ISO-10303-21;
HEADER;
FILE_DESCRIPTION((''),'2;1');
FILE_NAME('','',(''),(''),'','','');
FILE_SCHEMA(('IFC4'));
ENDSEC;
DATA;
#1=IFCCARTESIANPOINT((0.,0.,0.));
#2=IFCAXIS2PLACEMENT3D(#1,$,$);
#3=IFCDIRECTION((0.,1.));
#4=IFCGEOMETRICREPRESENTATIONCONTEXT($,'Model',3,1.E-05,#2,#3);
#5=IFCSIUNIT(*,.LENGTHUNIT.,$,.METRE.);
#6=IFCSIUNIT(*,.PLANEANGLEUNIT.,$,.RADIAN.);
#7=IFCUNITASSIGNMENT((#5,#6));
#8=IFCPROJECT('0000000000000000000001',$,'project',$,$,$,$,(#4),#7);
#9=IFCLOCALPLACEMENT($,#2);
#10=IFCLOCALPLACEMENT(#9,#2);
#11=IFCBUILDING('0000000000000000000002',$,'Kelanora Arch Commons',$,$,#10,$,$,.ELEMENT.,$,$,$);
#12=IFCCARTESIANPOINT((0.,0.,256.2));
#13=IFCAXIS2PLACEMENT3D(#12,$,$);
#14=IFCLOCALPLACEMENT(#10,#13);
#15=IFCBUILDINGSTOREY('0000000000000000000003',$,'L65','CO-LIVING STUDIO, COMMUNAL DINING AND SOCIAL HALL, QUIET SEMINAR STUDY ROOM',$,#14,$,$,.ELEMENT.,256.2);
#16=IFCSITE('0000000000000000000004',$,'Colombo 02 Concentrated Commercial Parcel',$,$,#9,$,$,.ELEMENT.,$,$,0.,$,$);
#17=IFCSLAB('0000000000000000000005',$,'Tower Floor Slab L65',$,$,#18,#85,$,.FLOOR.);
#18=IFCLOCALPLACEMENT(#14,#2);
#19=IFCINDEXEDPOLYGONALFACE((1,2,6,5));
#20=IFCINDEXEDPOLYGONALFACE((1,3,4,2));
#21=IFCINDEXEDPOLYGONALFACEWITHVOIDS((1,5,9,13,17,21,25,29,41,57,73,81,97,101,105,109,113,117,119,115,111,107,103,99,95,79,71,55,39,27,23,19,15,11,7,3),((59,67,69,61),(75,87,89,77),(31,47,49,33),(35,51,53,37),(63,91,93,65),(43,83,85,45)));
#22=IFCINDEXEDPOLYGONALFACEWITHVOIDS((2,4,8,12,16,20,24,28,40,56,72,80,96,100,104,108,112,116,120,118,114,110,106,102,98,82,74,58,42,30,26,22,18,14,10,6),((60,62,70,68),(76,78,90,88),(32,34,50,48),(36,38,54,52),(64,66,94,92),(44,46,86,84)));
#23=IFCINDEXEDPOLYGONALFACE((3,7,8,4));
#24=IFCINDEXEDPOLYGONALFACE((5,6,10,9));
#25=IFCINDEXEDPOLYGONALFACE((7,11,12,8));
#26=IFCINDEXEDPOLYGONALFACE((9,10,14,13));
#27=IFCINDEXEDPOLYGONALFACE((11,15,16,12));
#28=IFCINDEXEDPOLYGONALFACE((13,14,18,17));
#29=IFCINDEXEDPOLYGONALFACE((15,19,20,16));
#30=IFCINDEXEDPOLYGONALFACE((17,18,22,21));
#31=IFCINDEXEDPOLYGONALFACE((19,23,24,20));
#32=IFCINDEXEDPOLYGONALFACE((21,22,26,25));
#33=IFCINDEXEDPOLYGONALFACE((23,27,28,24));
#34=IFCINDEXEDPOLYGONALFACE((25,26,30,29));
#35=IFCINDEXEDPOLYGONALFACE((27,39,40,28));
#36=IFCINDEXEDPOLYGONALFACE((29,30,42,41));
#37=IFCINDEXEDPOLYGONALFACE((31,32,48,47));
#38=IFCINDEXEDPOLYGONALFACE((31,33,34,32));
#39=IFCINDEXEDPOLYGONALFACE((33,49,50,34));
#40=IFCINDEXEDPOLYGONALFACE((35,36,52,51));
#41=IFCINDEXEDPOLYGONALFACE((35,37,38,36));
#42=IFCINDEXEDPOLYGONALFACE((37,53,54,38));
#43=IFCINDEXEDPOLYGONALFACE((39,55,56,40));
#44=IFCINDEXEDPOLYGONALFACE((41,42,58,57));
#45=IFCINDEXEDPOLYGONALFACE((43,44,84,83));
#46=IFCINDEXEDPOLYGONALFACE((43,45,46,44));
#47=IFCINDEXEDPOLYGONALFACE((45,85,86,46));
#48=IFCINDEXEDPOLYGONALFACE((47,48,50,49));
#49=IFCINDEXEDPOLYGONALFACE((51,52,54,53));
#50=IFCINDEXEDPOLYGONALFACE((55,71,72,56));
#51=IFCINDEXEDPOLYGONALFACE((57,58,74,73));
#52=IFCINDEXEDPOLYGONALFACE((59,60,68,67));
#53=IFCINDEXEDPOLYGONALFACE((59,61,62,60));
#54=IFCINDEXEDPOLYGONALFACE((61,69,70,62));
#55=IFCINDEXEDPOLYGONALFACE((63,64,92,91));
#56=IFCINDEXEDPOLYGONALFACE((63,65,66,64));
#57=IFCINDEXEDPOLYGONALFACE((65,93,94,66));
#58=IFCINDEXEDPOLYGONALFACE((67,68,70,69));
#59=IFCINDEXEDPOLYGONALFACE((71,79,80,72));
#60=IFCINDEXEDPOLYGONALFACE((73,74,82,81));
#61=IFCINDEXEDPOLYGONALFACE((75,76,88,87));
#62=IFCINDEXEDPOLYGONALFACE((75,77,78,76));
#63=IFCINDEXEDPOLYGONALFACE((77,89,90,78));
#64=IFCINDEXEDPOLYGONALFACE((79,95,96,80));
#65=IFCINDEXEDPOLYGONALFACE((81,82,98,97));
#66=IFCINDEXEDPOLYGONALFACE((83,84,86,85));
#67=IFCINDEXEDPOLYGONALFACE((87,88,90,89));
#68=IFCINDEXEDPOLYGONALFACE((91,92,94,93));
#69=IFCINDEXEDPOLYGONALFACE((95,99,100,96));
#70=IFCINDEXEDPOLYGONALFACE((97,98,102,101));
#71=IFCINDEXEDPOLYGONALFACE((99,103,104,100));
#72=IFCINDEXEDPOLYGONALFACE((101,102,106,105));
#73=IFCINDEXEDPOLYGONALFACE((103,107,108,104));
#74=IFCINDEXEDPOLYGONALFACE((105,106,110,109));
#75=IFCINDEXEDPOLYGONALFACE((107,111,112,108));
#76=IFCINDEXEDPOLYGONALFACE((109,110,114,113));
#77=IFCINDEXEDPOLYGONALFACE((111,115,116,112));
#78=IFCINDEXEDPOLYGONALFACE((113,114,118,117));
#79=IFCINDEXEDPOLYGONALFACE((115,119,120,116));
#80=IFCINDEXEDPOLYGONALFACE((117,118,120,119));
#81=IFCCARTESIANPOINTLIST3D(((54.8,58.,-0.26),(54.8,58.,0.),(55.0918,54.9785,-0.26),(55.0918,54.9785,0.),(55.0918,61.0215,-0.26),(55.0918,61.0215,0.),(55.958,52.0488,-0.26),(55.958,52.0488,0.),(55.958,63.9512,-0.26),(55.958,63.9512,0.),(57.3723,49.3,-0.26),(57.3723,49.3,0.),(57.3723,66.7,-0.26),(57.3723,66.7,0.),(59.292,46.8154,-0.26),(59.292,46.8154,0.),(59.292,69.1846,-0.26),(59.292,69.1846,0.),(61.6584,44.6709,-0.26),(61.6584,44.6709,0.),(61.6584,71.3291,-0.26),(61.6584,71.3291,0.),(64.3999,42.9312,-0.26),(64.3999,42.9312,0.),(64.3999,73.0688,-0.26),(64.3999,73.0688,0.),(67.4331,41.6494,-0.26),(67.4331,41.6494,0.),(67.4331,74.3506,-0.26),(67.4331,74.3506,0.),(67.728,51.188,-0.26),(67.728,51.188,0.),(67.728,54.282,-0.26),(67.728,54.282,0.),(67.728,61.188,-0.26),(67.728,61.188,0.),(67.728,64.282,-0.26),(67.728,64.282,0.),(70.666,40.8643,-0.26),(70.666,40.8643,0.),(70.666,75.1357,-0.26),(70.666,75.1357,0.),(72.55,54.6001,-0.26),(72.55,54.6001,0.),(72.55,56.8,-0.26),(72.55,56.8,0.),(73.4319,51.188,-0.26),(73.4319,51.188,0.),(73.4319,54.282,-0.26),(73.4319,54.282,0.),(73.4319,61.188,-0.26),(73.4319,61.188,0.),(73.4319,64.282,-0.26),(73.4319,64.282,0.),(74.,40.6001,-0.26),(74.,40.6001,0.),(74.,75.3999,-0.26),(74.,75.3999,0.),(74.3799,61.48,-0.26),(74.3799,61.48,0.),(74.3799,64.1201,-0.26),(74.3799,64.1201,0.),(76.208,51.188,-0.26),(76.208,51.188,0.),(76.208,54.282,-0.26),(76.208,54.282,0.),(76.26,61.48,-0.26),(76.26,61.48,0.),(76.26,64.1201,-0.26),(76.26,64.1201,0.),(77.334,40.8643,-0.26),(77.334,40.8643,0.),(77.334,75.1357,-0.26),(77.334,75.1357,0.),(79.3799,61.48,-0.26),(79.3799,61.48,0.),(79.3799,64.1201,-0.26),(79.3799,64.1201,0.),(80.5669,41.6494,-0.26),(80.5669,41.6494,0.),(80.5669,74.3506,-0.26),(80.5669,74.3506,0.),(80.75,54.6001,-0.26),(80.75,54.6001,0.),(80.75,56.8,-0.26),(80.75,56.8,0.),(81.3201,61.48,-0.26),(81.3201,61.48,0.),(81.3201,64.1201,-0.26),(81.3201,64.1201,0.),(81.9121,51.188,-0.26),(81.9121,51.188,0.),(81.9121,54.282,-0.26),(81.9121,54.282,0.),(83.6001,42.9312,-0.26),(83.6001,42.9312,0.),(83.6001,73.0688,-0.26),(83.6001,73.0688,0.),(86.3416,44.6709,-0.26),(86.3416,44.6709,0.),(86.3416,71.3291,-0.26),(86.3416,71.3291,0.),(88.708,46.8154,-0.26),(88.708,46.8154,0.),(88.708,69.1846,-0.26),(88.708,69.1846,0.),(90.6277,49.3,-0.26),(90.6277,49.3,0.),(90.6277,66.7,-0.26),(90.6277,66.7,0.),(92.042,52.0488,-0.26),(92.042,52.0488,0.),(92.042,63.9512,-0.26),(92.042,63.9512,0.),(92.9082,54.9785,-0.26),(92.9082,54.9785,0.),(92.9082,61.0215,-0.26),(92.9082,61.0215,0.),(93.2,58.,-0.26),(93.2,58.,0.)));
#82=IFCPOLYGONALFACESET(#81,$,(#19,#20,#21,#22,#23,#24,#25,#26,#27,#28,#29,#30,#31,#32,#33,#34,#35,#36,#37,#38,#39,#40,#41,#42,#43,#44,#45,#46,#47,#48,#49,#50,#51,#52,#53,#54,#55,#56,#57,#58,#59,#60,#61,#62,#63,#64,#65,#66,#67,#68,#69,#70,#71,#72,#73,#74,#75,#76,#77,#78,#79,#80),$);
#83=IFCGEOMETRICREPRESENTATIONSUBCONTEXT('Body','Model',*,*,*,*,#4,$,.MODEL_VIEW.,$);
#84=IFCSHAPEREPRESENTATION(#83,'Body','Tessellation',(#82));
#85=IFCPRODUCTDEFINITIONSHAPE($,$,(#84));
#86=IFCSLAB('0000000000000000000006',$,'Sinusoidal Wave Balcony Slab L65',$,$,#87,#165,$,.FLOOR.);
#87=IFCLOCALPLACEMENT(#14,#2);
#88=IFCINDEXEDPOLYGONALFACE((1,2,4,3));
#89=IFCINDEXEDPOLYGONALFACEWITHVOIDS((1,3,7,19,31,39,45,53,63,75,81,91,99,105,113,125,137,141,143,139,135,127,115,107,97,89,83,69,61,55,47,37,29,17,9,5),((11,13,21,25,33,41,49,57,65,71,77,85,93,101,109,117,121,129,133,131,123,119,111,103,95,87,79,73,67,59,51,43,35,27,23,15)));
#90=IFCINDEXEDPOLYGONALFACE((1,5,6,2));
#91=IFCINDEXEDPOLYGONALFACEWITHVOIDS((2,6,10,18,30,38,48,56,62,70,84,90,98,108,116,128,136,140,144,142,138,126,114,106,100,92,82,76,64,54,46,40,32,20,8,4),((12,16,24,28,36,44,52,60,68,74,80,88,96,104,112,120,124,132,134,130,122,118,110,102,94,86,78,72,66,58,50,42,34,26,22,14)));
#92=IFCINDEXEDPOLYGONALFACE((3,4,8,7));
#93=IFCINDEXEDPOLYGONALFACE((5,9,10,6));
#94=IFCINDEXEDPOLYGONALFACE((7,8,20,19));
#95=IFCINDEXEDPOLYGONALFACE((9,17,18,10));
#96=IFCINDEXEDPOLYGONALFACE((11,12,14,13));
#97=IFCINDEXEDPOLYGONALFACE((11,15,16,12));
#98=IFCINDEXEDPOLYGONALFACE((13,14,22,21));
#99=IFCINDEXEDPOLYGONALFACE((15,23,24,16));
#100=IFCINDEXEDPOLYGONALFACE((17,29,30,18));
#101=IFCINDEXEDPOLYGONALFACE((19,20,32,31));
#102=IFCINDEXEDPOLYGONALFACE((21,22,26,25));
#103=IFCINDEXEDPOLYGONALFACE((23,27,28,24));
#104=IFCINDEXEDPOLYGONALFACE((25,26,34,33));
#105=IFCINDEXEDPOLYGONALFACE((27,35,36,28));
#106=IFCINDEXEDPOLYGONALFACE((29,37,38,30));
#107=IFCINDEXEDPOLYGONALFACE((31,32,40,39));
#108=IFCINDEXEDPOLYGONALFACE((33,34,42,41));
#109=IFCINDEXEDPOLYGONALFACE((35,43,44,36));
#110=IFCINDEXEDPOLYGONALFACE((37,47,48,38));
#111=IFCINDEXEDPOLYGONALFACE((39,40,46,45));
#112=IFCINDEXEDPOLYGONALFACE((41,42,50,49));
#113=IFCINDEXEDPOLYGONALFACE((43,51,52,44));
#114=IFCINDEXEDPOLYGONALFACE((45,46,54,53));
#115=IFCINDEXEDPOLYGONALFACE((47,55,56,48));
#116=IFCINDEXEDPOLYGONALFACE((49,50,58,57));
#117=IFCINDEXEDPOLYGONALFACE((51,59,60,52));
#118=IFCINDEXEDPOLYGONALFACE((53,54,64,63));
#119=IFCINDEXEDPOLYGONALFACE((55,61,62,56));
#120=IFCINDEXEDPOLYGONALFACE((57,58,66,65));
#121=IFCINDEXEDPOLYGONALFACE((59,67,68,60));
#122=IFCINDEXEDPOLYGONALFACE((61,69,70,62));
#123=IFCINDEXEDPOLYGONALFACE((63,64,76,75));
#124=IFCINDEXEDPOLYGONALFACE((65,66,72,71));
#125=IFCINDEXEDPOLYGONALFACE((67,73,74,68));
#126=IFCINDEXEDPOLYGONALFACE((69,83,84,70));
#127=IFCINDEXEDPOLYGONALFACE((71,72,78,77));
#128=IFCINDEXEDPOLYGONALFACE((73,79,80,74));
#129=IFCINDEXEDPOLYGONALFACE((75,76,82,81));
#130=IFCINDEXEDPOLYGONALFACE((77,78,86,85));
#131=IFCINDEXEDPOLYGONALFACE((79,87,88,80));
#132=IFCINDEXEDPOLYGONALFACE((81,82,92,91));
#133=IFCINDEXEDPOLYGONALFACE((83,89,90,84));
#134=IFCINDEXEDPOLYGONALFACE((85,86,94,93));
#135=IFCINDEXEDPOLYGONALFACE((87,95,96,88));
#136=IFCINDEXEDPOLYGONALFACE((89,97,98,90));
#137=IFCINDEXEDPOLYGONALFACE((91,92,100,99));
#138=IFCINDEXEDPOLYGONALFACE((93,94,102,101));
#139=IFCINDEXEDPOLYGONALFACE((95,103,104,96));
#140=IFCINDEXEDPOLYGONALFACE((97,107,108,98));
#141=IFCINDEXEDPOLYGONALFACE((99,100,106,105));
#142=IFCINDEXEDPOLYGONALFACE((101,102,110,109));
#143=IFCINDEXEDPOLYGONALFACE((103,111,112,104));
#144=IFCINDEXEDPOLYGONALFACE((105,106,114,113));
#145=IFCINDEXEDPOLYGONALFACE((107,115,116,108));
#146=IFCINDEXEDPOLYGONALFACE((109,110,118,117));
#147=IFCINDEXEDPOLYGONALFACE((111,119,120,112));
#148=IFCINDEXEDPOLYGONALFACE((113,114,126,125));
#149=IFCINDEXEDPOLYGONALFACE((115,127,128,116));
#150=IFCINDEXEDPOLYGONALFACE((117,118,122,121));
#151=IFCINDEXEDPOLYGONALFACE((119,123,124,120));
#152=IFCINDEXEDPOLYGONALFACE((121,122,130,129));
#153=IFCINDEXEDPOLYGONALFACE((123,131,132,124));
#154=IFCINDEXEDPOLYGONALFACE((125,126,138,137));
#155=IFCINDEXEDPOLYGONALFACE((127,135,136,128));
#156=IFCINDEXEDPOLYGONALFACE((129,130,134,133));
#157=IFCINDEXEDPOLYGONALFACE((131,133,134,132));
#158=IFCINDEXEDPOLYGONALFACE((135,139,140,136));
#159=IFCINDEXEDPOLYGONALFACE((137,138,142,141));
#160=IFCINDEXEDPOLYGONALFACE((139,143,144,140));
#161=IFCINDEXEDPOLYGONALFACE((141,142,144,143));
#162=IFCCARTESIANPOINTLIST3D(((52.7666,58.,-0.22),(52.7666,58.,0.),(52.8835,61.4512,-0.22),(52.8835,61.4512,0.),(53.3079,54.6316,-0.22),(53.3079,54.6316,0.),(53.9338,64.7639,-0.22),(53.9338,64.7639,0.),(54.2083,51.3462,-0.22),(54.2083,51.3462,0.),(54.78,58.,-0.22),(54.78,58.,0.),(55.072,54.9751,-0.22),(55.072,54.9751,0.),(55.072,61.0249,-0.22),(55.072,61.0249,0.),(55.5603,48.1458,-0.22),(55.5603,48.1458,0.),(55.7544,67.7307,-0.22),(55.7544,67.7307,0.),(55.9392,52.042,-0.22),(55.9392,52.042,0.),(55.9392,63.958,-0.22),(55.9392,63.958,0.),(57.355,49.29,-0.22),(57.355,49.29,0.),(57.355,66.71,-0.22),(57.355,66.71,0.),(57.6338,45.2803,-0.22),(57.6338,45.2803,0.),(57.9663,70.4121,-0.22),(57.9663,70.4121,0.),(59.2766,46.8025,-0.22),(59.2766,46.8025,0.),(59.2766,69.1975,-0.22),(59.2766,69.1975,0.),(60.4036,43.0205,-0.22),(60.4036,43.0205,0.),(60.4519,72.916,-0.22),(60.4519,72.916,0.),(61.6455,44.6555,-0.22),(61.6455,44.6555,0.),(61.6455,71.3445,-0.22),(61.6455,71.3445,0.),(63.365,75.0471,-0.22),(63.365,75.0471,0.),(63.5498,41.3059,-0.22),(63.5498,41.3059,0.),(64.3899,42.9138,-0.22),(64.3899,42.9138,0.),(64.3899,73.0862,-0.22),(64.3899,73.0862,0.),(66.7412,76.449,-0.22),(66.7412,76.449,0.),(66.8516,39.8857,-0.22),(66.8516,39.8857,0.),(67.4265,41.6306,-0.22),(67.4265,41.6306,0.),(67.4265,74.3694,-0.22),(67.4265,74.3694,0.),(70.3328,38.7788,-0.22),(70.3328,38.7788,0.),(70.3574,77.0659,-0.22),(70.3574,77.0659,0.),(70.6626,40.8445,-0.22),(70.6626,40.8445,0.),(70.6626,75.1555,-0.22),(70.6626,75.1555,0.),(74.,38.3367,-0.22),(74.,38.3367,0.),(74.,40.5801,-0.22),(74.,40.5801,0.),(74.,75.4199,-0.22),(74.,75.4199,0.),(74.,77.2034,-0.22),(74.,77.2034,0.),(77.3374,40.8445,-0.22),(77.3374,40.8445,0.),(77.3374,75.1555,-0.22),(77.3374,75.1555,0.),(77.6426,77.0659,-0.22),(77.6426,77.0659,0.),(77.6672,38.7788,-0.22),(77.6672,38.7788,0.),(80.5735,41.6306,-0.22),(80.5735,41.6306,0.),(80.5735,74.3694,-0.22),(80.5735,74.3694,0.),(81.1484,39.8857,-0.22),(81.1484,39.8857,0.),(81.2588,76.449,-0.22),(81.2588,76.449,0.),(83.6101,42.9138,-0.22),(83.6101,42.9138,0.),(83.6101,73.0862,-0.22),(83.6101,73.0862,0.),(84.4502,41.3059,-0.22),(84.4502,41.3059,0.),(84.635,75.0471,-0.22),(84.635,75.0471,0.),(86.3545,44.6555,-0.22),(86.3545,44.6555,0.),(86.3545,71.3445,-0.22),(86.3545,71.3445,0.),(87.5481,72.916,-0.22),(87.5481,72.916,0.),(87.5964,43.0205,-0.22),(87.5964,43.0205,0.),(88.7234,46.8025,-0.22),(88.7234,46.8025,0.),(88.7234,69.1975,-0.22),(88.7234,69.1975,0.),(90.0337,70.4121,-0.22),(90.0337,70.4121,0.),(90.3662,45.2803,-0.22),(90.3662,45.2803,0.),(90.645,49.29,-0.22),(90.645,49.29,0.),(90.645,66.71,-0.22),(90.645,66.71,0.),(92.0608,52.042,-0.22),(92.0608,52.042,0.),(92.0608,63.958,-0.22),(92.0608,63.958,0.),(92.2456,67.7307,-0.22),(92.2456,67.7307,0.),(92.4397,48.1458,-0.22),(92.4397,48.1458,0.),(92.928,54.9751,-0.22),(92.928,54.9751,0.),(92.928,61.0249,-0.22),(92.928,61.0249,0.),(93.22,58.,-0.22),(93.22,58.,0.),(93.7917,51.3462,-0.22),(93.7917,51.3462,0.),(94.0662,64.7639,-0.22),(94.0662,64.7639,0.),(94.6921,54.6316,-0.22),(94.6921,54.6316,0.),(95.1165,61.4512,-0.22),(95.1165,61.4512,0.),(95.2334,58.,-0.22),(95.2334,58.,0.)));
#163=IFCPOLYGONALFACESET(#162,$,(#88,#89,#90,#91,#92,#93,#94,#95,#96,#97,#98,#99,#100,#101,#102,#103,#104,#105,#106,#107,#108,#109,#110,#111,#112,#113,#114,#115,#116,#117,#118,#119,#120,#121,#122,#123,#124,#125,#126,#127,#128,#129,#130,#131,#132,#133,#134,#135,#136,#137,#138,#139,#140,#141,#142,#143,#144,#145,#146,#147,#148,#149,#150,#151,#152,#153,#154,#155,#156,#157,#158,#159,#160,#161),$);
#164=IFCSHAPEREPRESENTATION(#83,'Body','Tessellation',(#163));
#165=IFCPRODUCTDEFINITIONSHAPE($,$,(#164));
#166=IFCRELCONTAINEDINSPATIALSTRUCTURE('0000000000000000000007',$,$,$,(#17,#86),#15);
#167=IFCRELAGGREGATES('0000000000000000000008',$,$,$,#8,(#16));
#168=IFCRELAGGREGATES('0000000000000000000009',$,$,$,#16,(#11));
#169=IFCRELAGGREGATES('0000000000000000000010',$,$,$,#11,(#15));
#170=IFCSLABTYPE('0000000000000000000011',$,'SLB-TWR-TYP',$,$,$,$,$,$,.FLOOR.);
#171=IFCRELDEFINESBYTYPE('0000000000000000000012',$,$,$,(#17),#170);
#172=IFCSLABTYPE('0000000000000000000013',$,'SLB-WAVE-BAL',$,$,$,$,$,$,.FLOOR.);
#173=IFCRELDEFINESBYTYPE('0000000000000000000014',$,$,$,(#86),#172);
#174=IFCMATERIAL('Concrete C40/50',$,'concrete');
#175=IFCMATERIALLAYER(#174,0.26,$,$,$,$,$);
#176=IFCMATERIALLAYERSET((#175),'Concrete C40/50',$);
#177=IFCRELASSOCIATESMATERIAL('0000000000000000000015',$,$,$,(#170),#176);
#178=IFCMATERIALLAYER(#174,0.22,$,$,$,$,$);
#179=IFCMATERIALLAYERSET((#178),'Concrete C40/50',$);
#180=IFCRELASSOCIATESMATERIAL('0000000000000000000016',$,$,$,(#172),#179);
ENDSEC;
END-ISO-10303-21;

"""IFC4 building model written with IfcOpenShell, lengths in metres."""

from ifc_helpers import new_model, si_unit, direction, frame, origin, place, context, subcontext, project, spatial, polyline, outline, extrude, material, layer, layer_set, type_object, element, save


model = new_model("IFC4")

# Units and contexts
model_context = context("Model", 3, precision=1e-05, world=origin(), true_north=direction((0.0, 1.0)))
body_context = subcontext(model_context, "Body", "Model", "MODEL_VIEW")
ifc_project = project(units=[si_unit("LENGTHUNIT", "METRE"), si_unit("PLANEANGLEUNIT", "RADIAN")], contexts=[model_context])

# Site, building, storey
site_placement = place(None, origin())
site = spatial("IfcSite", under=ifc_project, at=site_placement, Name="Colombo 02 Concentrated Commercial Parcel", CompositionType="ELEMENT", RefElevation=0.0)
building_placement = place(site_placement, origin())
building = spatial("IfcBuilding", under=site, at=building_placement, Name="Kelanora Arch Commons", CompositionType="ELEMENT")
storey_placement = place(building_placement, frame((0.0, 0.0, 256.2)))
storey = spatial("IfcBuildingStorey", under=building, at=storey_placement, Name="L65", Description="CO-LIVING STUDIO, COMMUNAL DINING AND SOCIAL HALL, QUIET SEMINAR STUDY ROOM", CompositionType="ELEMENT", Elevation=256.2)

# Shared definitions
ifc_material_1 = material(Name="Concrete C40/50", Category="concrete")

# Slabs
ifc_layer_1 = layer(ifc_material_1, 0.26)
ifc_layer_set_1 = layer_set([ifc_layer_1], Name="Concrete C40/50")
slab_type_1 = type_object("IfcSlabType", Name="SLB-TWR-TYP", PredefinedType="FLOOR", material=ifc_layer_set_1)
slab_1_placement = place(storey_placement, frame((0.0, 0.0, -0.26)))
element("IfcSlab", 1, at=slab_1_placement, inside=storey, type_object=slab_type_1, Name="Tower Floor Slab L65", PredefinedType="FLOOR", context=body_context, shape_type="SweptSolid", body=[
    extrude(outline(polyline([(93.2, 58.0), (92.9082, 61.0215), (92.042, 63.9512), (90.6277, 66.7), (88.708, 69.1846), (86.3416, 71.3291), (83.6001, 73.0688), (80.5669, 74.3506), (77.334, 75.1357), (74.0, 75.3999), (70.666, 75.1357), (67.4331, 74.3506), (64.3999, 73.0688), (61.6584, 71.3291), (59.292, 69.1846), (57.3723, 66.7), (55.958, 63.9512), (55.0918, 61.0215), (54.8, 58.0), (55.0918, 54.9785), (55.958, 52.0488), (57.3723, 49.3), (59.292, 46.8154), (61.6584, 44.6709), (64.3999, 42.9312), (67.4331, 41.6494), (70.666, 40.8643), (74.0, 40.6001), (77.334, 40.8643), (80.5669, 41.6494), (83.6001, 42.9312), (86.3416, 44.6709), (88.708, 46.8154), (90.6277, 49.3), (92.042, 52.0488), (92.9082, 54.9785), (93.2, 58.0)]), holes=[polyline([(73.4319, 51.188), (67.728, 51.188), (67.728, 54.282), (73.4319, 54.282), (73.4319, 51.188)]), polyline([(76.208, 51.188), (76.208, 54.282), (81.9121, 54.282), (81.9121, 51.188), (76.208, 51.188)]), polyline([(72.55, 54.6001), (72.55, 56.8), (80.75, 56.8), (80.75, 54.6001), (72.55, 54.6001)]), polyline([(73.4319, 61.188), (67.728, 61.188), (67.728, 64.282), (73.4319, 64.282), (73.4319, 61.188)]), polyline([(74.3799, 61.48), (74.3799, 64.1201), (76.26, 64.1201), (76.26, 61.48), (74.3799, 61.48)]), polyline([(79.3799, 61.48), (79.3799, 64.1201), (81.3201, 64.1201), (81.3201, 61.48), (79.3799, 61.48)])]), origin(), (0.0, 0.0, 1.0), 0.26),
])
ifc_layer_2 = layer(ifc_material_1, 0.22)
ifc_layer_set_2 = layer_set([ifc_layer_2], Name="Concrete C40/50")
slab_type_2 = type_object("IfcSlabType", Name="SLB-WAVE-BAL", PredefinedType="FLOOR", material=ifc_layer_set_2)
slab_2_placement = place(storey_placement, frame((0.0, 0.0, -0.22)))
element("IfcSlab", 2, at=slab_2_placement, inside=storey, type_object=slab_type_2, Name="Sinusoidal Wave Balcony Slab L65", PredefinedType="FLOOR", context=body_context, shape_type="SweptSolid", body=[
    extrude(outline(polyline([(95.2334, 58.0), (95.1165, 61.4512), (94.0662, 64.7639), (92.2456, 67.7307), (90.0337, 70.4121), (87.5481, 72.916), (84.635, 75.0471), (81.2588, 76.449), (77.6426, 77.0659), (74.0, 77.2034), (70.3574, 77.0659), (66.7412, 76.449), (63.365, 75.0471), (60.4519, 72.916), (57.9663, 70.4121), (55.7544, 67.7307), (53.9338, 64.7639), (52.8835, 61.4512), (52.7666, 58.0), (53.3079, 54.6316), (54.2083, 51.3462), (55.5603, 48.1458), (57.6338, 45.2803), (60.4036, 43.0205), (63.5498, 41.3059), (66.8516, 39.8857), (70.3328, 38.7788), (74.0, 38.3367), (77.6672, 38.7788), (81.1484, 39.8857), (84.4502, 41.3059), (87.5964, 43.0205), (90.3662, 45.2803), (92.4397, 48.1458), (93.7917, 51.3462), (94.6921, 54.6316), (95.2334, 58.0)]), holes=[polyline([(92.928, 54.9751), (92.0608, 52.042), (90.645, 49.29), (88.7234, 46.8025), (86.3545, 44.6555), (83.6101, 42.9138), (80.5735, 41.6306), (77.3374, 40.8445), (74.0, 40.5801), (70.6626, 40.8445), (67.4265, 41.6306), (64.3899, 42.9138), (61.6455, 44.6555), (59.2766, 46.8025), (57.355, 49.29), (55.9392, 52.042), (55.072, 54.9751), (54.78, 58.0), (55.072, 61.0249), (55.9392, 63.958), (57.355, 66.71), (59.2766, 69.1975), (61.6455, 71.3445), (64.3899, 73.0862), (67.4265, 74.3694), (70.6626, 75.1555), (74.0, 75.4199), (77.3374, 75.1555), (80.5735, 74.3694), (83.6101, 73.0862), (86.3545, 71.3445), (88.7234, 69.1975), (90.645, 66.71), (92.0608, 63.958), (92.928, 61.0249), (93.22, 58.0), (92.928, 54.9751)])]), origin(), (0.0, 0.0, 1.0), 0.22),
])

save(model, "model.ifc")
